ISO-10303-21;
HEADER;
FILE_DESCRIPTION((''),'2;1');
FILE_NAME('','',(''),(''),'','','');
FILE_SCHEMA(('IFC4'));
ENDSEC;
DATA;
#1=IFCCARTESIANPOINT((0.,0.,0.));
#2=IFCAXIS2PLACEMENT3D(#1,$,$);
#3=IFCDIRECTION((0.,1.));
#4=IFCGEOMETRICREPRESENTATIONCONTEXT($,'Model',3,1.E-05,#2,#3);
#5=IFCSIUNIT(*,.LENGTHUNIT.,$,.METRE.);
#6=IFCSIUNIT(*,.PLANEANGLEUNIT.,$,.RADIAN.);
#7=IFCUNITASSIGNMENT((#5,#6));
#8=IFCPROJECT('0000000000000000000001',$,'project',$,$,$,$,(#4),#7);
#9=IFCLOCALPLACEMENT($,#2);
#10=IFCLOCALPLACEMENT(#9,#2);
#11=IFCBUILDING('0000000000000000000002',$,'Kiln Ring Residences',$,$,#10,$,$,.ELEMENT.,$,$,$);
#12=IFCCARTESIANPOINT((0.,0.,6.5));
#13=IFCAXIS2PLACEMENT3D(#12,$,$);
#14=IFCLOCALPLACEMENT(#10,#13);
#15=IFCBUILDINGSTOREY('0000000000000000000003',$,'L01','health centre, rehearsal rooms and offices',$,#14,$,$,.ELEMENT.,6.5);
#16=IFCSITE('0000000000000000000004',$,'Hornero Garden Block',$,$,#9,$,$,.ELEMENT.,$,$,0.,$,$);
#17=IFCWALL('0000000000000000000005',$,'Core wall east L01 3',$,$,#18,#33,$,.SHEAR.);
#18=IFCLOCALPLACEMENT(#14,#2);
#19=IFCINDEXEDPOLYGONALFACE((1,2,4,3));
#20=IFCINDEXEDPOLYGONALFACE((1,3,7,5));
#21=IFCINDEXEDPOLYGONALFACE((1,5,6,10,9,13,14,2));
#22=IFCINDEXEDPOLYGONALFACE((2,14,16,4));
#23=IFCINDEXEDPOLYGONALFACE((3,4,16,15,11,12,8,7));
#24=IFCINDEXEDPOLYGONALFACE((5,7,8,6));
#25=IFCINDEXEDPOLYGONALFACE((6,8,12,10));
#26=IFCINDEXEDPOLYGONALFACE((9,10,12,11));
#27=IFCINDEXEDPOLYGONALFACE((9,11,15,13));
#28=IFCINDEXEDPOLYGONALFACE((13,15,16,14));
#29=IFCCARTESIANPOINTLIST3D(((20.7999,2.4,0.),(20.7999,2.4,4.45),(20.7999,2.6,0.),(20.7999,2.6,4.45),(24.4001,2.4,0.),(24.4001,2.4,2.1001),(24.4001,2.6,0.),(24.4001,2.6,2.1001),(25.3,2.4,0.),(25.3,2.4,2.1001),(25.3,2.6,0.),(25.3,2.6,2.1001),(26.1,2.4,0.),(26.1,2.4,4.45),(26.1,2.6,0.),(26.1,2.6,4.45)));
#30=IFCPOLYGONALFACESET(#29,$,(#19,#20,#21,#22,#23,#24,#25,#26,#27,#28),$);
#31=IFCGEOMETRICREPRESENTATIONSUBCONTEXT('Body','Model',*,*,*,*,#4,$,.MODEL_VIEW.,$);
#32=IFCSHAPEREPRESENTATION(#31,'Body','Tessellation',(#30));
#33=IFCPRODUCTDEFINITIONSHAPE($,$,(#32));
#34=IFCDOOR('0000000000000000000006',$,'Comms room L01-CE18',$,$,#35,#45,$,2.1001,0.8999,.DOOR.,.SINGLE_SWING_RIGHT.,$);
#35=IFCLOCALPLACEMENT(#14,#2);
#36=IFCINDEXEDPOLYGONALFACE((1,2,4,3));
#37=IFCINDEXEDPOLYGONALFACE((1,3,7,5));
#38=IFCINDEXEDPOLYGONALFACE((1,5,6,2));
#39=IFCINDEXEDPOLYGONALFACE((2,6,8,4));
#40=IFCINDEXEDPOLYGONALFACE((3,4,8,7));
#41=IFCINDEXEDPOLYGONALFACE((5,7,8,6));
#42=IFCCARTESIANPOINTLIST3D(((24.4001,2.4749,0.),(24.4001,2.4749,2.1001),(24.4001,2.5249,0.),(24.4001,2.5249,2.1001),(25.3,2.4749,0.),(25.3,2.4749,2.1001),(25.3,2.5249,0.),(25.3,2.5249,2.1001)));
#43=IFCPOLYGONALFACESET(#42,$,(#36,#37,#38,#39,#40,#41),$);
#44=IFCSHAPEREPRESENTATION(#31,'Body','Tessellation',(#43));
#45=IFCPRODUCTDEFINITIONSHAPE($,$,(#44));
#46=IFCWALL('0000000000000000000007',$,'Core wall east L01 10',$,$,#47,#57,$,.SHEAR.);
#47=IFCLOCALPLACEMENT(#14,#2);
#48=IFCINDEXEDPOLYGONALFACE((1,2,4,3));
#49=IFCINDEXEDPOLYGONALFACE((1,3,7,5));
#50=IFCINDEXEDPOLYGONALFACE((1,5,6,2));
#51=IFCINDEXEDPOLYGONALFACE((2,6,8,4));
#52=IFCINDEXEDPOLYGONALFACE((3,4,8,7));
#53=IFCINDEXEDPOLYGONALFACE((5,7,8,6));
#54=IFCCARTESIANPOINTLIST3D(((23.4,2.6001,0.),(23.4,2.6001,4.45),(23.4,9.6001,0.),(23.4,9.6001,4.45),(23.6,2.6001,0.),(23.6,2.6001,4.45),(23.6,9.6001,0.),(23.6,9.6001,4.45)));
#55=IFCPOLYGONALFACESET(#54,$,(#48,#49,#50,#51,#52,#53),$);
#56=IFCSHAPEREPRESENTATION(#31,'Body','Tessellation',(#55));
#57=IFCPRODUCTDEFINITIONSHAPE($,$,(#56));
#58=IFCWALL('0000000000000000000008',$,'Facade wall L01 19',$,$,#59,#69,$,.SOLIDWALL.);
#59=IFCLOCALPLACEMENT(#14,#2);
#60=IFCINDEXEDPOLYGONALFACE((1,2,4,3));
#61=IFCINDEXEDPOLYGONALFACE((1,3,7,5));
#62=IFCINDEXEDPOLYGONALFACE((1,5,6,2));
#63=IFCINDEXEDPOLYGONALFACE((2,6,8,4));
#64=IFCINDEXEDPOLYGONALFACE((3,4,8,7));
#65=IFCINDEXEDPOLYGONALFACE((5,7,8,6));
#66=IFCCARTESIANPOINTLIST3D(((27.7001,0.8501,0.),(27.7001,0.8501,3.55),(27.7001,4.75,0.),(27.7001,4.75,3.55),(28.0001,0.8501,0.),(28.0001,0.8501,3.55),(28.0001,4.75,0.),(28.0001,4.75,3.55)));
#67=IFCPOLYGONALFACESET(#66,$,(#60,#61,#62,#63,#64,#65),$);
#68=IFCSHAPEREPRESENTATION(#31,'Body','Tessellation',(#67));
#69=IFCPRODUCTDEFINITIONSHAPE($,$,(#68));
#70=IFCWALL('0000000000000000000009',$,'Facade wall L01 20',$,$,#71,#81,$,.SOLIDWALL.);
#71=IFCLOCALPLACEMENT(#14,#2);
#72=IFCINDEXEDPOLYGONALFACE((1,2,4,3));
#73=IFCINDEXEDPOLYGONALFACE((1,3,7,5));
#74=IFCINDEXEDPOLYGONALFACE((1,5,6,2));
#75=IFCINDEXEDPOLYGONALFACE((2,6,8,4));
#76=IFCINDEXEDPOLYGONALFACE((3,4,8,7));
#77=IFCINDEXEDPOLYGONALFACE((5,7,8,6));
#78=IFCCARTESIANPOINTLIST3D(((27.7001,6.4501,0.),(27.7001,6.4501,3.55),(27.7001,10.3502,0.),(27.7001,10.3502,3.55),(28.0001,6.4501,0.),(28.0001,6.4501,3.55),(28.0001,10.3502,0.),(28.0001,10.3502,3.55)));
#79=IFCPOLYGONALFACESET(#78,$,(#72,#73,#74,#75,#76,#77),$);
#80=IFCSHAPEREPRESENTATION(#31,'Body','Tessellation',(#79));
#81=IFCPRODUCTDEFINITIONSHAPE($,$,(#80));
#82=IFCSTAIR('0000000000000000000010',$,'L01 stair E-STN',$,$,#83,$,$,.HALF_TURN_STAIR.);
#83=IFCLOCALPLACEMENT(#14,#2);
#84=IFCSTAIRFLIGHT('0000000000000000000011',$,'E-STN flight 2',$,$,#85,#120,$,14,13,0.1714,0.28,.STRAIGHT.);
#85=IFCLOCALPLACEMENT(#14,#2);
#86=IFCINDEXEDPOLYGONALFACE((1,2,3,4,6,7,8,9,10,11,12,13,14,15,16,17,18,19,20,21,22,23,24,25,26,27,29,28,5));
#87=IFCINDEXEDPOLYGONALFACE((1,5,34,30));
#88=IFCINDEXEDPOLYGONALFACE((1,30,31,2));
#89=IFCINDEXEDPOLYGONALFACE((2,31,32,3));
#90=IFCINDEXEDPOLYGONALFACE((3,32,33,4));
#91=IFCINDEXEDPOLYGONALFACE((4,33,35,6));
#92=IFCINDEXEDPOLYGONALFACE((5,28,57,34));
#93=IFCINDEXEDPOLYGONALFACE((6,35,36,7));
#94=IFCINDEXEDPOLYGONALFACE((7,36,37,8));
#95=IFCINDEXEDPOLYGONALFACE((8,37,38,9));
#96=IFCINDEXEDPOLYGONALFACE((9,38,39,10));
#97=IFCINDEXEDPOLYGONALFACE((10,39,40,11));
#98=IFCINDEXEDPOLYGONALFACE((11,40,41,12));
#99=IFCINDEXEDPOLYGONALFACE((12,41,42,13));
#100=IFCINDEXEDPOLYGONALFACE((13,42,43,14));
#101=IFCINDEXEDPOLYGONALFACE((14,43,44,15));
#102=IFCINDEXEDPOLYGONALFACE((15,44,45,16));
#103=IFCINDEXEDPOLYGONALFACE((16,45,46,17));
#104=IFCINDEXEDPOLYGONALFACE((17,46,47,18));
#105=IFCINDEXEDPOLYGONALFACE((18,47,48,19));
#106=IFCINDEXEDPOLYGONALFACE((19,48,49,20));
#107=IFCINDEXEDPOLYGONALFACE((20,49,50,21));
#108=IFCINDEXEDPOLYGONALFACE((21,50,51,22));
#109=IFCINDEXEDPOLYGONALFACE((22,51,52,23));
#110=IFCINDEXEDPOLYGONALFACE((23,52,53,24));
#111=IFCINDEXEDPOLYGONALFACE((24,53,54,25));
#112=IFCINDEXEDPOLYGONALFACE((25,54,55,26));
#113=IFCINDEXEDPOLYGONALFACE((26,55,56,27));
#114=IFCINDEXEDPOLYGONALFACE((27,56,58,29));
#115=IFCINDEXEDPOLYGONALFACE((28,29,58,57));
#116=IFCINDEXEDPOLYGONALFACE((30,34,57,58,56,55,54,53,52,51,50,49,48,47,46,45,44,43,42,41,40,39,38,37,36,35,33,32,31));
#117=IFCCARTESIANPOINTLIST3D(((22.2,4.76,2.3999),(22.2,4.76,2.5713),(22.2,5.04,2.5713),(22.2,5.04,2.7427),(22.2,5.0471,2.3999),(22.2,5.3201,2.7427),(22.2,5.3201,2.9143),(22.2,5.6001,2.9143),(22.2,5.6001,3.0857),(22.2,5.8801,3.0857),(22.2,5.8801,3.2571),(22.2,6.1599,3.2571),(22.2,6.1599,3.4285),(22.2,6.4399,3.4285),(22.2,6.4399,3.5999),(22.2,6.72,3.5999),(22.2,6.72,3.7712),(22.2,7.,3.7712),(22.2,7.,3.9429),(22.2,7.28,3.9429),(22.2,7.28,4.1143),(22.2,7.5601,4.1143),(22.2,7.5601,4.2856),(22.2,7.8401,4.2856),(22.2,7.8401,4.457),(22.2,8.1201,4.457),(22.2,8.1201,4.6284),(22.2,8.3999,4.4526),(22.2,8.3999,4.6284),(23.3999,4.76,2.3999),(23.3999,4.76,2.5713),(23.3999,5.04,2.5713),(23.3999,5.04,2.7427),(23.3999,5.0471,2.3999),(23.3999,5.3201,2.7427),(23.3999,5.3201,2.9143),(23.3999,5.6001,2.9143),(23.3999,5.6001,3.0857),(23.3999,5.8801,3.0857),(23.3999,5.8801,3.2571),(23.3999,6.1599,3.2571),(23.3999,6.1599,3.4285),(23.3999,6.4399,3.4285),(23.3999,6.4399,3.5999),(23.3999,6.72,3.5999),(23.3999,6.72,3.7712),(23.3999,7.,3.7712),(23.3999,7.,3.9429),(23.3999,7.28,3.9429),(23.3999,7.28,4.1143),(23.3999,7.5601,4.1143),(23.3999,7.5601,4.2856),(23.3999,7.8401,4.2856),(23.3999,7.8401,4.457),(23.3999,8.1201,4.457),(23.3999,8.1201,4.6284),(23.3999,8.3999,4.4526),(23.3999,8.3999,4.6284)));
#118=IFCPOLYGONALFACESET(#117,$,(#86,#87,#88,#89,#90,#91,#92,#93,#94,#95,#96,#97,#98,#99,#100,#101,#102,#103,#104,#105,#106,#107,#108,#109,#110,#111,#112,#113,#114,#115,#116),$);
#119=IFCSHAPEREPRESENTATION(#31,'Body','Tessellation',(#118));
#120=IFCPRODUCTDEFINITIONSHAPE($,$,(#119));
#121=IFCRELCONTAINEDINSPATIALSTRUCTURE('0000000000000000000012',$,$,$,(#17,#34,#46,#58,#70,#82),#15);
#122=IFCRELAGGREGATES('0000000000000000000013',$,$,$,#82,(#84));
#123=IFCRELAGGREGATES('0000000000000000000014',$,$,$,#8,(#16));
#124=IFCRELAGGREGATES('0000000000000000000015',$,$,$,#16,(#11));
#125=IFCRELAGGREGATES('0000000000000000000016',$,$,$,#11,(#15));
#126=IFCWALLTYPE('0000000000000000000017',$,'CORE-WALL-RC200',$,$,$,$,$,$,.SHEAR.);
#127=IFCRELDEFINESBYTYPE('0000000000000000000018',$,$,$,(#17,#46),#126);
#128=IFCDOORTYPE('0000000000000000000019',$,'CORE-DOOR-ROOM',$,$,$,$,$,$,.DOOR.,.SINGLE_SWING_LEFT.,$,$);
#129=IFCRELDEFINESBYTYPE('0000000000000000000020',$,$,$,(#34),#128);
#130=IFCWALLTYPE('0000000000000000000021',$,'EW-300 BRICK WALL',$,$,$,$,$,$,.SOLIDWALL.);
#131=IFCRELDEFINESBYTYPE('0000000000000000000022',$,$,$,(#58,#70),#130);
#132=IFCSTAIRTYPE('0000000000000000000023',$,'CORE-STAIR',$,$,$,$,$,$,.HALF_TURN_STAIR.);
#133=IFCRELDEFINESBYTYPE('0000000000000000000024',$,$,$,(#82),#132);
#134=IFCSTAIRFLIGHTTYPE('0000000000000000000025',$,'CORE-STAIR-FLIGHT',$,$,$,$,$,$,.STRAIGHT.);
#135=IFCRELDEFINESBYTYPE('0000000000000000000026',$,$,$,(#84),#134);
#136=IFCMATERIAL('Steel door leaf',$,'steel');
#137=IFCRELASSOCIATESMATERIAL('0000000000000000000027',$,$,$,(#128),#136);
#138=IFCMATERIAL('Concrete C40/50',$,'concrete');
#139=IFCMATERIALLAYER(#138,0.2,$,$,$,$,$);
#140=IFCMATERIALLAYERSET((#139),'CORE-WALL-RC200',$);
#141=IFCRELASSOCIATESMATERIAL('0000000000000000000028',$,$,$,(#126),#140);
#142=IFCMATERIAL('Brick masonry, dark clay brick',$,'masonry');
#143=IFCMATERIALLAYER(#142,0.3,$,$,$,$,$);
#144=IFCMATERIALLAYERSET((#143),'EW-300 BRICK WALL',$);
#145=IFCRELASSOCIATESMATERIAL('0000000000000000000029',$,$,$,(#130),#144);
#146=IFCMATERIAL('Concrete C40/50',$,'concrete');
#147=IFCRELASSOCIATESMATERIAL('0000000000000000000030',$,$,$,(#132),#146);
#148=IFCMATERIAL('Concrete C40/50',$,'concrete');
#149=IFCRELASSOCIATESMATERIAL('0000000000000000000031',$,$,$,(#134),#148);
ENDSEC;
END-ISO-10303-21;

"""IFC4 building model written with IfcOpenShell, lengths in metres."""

from ifc_helpers import new_model, si_unit, direction, frame, frame_2d, origin, place, context, subcontext, project, spatial, polyline, rectangle, outline, extrude, material, layer, layer_set, type_object, element, fill, aggregate, save


model = new_model("IFC4")

# Units and contexts
model_context = context("Model", 3, precision=1e-05, world=origin(), true_north=direction((0.0, 1.0)))
body_context = subcontext(model_context, "Body", "Model", "MODEL_VIEW")
ifc_project = project(units=[si_unit("LENGTHUNIT", "METRE"), si_unit("PLANEANGLEUNIT", "RADIAN")], contexts=[model_context])

# Site, building, storey
site_placement = place(None, origin())
site = spatial("IfcSite", under=ifc_project, at=site_placement, Name="Hornero Garden Block", CompositionType="ELEMENT", RefElevation=0.0)
building_placement = place(site_placement, origin())
building = spatial("IfcBuilding", under=site, at=building_placement, Name="Kiln Ring Residences", CompositionType="ELEMENT")
storey_placement = place(building_placement, frame((0.0, 0.0, 6.5)))
storey = spatial("IfcBuildingStorey", under=building, at=storey_placement, Name="L01", Description="health centre, rehearsal rooms and offices", CompositionType="ELEMENT", Elevation=6.5)

# Shared definitions
ifc_material_1 = material(Name="Steel door leaf", Category="steel")
door_type = type_object("IfcDoorType", Name="CORE-DOOR-ROOM", OperationType="SINGLE_SWING_LEFT", PredefinedType="DOOR", material=ifc_material_1)

# Shared definitions
ifc_material_2 = material(Name="Concrete C40/50", Category="concrete")
ifc_layer_1 = layer(ifc_material_2, 0.2)
ifc_layer_set_1 = layer_set([ifc_layer_1], Name="CORE-WALL-RC200")
wall_type_1 = type_object("IfcWallType", Name="CORE-WALL-RC200", PredefinedType="SHEAR", material=ifc_layer_set_1)

# Wall, opening, door
wall_1_placement = place(storey_placement, frame((20.8, 2.5, 0.0), z_axis=(0.0, 0.0, 1.0), x_axis=(1.0, 0.0, 0.0)))
wall_1 = element("IfcWall", 1, at=wall_1_placement, inside=storey, type_object=wall_type_1, Name="Core wall east L01 3", PredefinedType="SHEAR", context=body_context, shape_type="SweptSolid", body=[
    extrude(rectangle(XDim=5.3, YDim=0.2, at=frame_2d((2.6499, 0.0))), origin(), (0.0, 0.0, 1.0), 4.45),
])
opening_1_placement = place(wall_1_placement, frame((3.6001, 0.0, 0.0)))
opening_1 = element("IfcOpeningElement", 2, at=opening_1_placement, cuts=wall_1, PredefinedType="OPENING", context=body_context, shape_type="SweptSolid", body=[
    extrude(rectangle(XDim=0.8999, YDim=2.1001, at=frame_2d((0.45, 1.05))), frame((0.0, 0.1099, 0.0), z_axis=(0.0, -1.0, 0.0), x_axis=(1.0, 0.0, 0.0)), (0.0, 0.0, 1.0), 0.22),
])
door_1_placement = place(opening_1_placement, origin())
door_1 = element("IfcDoor", 3, at=door_1_placement, inside=storey, type_object=door_type, Name="Comms room L01-CE18", OperationType="SINGLE_SWING_RIGHT", OverallHeight=2.1001, OverallWidth=0.8999, PredefinedType="DOOR", context=body_context, shape_type="SweptSolid", body=[
    extrude(rectangle(XDim=0.8999, YDim=2.1001, at=frame_2d((0.45, 1.05))), frame((0.0, 0.0249, 0.0), z_axis=(0.0, -1.0, 0.0), x_axis=(1.0, 0.0, 0.0)), (0.0, 0.0, 1.0), 0.05),
])
fill(opening_1, door_1)

# Walls
wall_2_placement = place(storey_placement, frame((23.5, 2.6001, 0.0), z_axis=(0.0, 0.0, 1.0), x_axis=(0.0, 1.0, 0.0)))
element("IfcWall", 4, at=wall_2_placement, inside=storey, type_object=wall_type_1, Name="Core wall east L01 10", PredefinedType="SHEAR", context=body_context, shape_type="SweptSolid", body=[
    extrude(rectangle(XDim=7.0, YDim=0.2, at=frame_2d((3.5, 0.0))), origin(), (0.0, 0.0, 1.0), 4.45),
])
ifc_material_3 = material(Name="Brick masonry, dark clay brick", Category="masonry")
ifc_layer_2 = layer(ifc_material_3, 0.3)
ifc_layer_set_2 = layer_set([ifc_layer_2], Name="EW-300 BRICK WALL")
wall_type_2 = type_object("IfcWallType", Name="EW-300 BRICK WALL", PredefinedType="SOLIDWALL", material=ifc_layer_set_2)
wall_3_placement = place(storey_placement, frame((27.8501, 0.8501, 0.0), z_axis=(0.0, 0.0, 1.0), x_axis=(0.0, 1.0, 0.0)))
element("IfcWall", 5, at=wall_3_placement, inside=storey, type_object=wall_type_2, Name="Facade wall L01 19", PredefinedType="SOLIDWALL", context=body_context, shape_type="SweptSolid", body=[
    extrude(rectangle(XDim=3.8999, YDim=0.3, at=frame_2d((1.95, 0.0))), origin(), (0.0, 0.0, 1.0), 3.55),
])
wall_4_placement = place(storey_placement, frame((27.8501, 6.45, 0.0), z_axis=(0.0, 0.0, 1.0), x_axis=(0.0, 1.0, 0.0)))
element("IfcWall", 6, at=wall_4_placement, inside=storey, type_object=wall_type_2, Name="Facade wall L01 20", PredefinedType="SOLIDWALL", context=body_context, shape_type="SweptSolid", body=[
    extrude(rectangle(XDim=3.9001, YDim=0.3, at=frame_2d((1.9502, 0.0))), origin(), (0.0, 0.0, 1.0), 3.55),
])

# Stair, stair flight
ifc_material_4 = material(Name="Concrete C40/50", Category="concrete")
stair_type = type_object("IfcStairType", Name="CORE-STAIR", PredefinedType="HALF_TURN_STAIR", material=ifc_material_4)
stair_placement = place(storey_placement, origin())
stair = element("IfcStair", 7, at=stair_placement, inside=storey, type_object=stair_type, Name="L01 stair E-STN", PredefinedType="HALF_TURN_STAIR")
ifc_material_5 = material(Name="Concrete C40/50", Category="concrete")
stair_flight_type = type_object("IfcStairFlightType", Name="CORE-STAIR-FLIGHT", PredefinedType="STRAIGHT", material=ifc_material_5)
stair_flight_placement = place(storey_placement, frame((22.8, 4.76, 2.3999), z_axis=(0.0, 0.0, 1.0), x_axis=(0.0, 1.0, 0.0)))
stair_flight = element("IfcStairFlight", 8, at=stair_flight_placement, type_object=stair_flight_type, Name="E-STN flight 2", NumberOfRisers=14, NumberOfTreads=13, PredefinedType="STRAIGHT", RiserHeight=0.1714, TreadLength=0.28, context=body_context, shape_type="SweptSolid", body=[
    extrude(outline(polyline([(0.0, 0.0), (0.0, 0.1714), (0.28, 0.1714), (0.28, 0.3428), (0.5601, 0.3428), (0.5601, 0.5144), (0.8401, 0.5144), (0.8401, 0.6858), (1.1201, 0.6858), (1.1201, 0.8572), (1.3999, 0.8572), (1.3999, 1.0286), (1.6799, 1.0286), (1.6799, 1.2), (1.96, 1.2), (1.96, 1.3713), (2.24, 1.3713), (2.24, 1.543), (2.52, 1.543), (2.52, 1.7144), (2.8, 1.7144), (2.8, 1.8857), (3.0801, 1.8857), (3.0801, 2.0571), (3.3601, 2.0571), (3.3601, 2.2285), (3.6399, 2.2285), (3.6399, 2.3999), (3.6399, 2.0527), (0.2871, 0.0), (0.0, 0.0)])), frame((0.0, 0.6001, 0.0), z_axis=(0.0, -1.0, 0.0), x_axis=(1.0, 0.0, 0.0)), (0.0, 0.0, 1.0), 1.2),
])
aggregate(stair, [stair_flight])

save(model, "model.ifc")
